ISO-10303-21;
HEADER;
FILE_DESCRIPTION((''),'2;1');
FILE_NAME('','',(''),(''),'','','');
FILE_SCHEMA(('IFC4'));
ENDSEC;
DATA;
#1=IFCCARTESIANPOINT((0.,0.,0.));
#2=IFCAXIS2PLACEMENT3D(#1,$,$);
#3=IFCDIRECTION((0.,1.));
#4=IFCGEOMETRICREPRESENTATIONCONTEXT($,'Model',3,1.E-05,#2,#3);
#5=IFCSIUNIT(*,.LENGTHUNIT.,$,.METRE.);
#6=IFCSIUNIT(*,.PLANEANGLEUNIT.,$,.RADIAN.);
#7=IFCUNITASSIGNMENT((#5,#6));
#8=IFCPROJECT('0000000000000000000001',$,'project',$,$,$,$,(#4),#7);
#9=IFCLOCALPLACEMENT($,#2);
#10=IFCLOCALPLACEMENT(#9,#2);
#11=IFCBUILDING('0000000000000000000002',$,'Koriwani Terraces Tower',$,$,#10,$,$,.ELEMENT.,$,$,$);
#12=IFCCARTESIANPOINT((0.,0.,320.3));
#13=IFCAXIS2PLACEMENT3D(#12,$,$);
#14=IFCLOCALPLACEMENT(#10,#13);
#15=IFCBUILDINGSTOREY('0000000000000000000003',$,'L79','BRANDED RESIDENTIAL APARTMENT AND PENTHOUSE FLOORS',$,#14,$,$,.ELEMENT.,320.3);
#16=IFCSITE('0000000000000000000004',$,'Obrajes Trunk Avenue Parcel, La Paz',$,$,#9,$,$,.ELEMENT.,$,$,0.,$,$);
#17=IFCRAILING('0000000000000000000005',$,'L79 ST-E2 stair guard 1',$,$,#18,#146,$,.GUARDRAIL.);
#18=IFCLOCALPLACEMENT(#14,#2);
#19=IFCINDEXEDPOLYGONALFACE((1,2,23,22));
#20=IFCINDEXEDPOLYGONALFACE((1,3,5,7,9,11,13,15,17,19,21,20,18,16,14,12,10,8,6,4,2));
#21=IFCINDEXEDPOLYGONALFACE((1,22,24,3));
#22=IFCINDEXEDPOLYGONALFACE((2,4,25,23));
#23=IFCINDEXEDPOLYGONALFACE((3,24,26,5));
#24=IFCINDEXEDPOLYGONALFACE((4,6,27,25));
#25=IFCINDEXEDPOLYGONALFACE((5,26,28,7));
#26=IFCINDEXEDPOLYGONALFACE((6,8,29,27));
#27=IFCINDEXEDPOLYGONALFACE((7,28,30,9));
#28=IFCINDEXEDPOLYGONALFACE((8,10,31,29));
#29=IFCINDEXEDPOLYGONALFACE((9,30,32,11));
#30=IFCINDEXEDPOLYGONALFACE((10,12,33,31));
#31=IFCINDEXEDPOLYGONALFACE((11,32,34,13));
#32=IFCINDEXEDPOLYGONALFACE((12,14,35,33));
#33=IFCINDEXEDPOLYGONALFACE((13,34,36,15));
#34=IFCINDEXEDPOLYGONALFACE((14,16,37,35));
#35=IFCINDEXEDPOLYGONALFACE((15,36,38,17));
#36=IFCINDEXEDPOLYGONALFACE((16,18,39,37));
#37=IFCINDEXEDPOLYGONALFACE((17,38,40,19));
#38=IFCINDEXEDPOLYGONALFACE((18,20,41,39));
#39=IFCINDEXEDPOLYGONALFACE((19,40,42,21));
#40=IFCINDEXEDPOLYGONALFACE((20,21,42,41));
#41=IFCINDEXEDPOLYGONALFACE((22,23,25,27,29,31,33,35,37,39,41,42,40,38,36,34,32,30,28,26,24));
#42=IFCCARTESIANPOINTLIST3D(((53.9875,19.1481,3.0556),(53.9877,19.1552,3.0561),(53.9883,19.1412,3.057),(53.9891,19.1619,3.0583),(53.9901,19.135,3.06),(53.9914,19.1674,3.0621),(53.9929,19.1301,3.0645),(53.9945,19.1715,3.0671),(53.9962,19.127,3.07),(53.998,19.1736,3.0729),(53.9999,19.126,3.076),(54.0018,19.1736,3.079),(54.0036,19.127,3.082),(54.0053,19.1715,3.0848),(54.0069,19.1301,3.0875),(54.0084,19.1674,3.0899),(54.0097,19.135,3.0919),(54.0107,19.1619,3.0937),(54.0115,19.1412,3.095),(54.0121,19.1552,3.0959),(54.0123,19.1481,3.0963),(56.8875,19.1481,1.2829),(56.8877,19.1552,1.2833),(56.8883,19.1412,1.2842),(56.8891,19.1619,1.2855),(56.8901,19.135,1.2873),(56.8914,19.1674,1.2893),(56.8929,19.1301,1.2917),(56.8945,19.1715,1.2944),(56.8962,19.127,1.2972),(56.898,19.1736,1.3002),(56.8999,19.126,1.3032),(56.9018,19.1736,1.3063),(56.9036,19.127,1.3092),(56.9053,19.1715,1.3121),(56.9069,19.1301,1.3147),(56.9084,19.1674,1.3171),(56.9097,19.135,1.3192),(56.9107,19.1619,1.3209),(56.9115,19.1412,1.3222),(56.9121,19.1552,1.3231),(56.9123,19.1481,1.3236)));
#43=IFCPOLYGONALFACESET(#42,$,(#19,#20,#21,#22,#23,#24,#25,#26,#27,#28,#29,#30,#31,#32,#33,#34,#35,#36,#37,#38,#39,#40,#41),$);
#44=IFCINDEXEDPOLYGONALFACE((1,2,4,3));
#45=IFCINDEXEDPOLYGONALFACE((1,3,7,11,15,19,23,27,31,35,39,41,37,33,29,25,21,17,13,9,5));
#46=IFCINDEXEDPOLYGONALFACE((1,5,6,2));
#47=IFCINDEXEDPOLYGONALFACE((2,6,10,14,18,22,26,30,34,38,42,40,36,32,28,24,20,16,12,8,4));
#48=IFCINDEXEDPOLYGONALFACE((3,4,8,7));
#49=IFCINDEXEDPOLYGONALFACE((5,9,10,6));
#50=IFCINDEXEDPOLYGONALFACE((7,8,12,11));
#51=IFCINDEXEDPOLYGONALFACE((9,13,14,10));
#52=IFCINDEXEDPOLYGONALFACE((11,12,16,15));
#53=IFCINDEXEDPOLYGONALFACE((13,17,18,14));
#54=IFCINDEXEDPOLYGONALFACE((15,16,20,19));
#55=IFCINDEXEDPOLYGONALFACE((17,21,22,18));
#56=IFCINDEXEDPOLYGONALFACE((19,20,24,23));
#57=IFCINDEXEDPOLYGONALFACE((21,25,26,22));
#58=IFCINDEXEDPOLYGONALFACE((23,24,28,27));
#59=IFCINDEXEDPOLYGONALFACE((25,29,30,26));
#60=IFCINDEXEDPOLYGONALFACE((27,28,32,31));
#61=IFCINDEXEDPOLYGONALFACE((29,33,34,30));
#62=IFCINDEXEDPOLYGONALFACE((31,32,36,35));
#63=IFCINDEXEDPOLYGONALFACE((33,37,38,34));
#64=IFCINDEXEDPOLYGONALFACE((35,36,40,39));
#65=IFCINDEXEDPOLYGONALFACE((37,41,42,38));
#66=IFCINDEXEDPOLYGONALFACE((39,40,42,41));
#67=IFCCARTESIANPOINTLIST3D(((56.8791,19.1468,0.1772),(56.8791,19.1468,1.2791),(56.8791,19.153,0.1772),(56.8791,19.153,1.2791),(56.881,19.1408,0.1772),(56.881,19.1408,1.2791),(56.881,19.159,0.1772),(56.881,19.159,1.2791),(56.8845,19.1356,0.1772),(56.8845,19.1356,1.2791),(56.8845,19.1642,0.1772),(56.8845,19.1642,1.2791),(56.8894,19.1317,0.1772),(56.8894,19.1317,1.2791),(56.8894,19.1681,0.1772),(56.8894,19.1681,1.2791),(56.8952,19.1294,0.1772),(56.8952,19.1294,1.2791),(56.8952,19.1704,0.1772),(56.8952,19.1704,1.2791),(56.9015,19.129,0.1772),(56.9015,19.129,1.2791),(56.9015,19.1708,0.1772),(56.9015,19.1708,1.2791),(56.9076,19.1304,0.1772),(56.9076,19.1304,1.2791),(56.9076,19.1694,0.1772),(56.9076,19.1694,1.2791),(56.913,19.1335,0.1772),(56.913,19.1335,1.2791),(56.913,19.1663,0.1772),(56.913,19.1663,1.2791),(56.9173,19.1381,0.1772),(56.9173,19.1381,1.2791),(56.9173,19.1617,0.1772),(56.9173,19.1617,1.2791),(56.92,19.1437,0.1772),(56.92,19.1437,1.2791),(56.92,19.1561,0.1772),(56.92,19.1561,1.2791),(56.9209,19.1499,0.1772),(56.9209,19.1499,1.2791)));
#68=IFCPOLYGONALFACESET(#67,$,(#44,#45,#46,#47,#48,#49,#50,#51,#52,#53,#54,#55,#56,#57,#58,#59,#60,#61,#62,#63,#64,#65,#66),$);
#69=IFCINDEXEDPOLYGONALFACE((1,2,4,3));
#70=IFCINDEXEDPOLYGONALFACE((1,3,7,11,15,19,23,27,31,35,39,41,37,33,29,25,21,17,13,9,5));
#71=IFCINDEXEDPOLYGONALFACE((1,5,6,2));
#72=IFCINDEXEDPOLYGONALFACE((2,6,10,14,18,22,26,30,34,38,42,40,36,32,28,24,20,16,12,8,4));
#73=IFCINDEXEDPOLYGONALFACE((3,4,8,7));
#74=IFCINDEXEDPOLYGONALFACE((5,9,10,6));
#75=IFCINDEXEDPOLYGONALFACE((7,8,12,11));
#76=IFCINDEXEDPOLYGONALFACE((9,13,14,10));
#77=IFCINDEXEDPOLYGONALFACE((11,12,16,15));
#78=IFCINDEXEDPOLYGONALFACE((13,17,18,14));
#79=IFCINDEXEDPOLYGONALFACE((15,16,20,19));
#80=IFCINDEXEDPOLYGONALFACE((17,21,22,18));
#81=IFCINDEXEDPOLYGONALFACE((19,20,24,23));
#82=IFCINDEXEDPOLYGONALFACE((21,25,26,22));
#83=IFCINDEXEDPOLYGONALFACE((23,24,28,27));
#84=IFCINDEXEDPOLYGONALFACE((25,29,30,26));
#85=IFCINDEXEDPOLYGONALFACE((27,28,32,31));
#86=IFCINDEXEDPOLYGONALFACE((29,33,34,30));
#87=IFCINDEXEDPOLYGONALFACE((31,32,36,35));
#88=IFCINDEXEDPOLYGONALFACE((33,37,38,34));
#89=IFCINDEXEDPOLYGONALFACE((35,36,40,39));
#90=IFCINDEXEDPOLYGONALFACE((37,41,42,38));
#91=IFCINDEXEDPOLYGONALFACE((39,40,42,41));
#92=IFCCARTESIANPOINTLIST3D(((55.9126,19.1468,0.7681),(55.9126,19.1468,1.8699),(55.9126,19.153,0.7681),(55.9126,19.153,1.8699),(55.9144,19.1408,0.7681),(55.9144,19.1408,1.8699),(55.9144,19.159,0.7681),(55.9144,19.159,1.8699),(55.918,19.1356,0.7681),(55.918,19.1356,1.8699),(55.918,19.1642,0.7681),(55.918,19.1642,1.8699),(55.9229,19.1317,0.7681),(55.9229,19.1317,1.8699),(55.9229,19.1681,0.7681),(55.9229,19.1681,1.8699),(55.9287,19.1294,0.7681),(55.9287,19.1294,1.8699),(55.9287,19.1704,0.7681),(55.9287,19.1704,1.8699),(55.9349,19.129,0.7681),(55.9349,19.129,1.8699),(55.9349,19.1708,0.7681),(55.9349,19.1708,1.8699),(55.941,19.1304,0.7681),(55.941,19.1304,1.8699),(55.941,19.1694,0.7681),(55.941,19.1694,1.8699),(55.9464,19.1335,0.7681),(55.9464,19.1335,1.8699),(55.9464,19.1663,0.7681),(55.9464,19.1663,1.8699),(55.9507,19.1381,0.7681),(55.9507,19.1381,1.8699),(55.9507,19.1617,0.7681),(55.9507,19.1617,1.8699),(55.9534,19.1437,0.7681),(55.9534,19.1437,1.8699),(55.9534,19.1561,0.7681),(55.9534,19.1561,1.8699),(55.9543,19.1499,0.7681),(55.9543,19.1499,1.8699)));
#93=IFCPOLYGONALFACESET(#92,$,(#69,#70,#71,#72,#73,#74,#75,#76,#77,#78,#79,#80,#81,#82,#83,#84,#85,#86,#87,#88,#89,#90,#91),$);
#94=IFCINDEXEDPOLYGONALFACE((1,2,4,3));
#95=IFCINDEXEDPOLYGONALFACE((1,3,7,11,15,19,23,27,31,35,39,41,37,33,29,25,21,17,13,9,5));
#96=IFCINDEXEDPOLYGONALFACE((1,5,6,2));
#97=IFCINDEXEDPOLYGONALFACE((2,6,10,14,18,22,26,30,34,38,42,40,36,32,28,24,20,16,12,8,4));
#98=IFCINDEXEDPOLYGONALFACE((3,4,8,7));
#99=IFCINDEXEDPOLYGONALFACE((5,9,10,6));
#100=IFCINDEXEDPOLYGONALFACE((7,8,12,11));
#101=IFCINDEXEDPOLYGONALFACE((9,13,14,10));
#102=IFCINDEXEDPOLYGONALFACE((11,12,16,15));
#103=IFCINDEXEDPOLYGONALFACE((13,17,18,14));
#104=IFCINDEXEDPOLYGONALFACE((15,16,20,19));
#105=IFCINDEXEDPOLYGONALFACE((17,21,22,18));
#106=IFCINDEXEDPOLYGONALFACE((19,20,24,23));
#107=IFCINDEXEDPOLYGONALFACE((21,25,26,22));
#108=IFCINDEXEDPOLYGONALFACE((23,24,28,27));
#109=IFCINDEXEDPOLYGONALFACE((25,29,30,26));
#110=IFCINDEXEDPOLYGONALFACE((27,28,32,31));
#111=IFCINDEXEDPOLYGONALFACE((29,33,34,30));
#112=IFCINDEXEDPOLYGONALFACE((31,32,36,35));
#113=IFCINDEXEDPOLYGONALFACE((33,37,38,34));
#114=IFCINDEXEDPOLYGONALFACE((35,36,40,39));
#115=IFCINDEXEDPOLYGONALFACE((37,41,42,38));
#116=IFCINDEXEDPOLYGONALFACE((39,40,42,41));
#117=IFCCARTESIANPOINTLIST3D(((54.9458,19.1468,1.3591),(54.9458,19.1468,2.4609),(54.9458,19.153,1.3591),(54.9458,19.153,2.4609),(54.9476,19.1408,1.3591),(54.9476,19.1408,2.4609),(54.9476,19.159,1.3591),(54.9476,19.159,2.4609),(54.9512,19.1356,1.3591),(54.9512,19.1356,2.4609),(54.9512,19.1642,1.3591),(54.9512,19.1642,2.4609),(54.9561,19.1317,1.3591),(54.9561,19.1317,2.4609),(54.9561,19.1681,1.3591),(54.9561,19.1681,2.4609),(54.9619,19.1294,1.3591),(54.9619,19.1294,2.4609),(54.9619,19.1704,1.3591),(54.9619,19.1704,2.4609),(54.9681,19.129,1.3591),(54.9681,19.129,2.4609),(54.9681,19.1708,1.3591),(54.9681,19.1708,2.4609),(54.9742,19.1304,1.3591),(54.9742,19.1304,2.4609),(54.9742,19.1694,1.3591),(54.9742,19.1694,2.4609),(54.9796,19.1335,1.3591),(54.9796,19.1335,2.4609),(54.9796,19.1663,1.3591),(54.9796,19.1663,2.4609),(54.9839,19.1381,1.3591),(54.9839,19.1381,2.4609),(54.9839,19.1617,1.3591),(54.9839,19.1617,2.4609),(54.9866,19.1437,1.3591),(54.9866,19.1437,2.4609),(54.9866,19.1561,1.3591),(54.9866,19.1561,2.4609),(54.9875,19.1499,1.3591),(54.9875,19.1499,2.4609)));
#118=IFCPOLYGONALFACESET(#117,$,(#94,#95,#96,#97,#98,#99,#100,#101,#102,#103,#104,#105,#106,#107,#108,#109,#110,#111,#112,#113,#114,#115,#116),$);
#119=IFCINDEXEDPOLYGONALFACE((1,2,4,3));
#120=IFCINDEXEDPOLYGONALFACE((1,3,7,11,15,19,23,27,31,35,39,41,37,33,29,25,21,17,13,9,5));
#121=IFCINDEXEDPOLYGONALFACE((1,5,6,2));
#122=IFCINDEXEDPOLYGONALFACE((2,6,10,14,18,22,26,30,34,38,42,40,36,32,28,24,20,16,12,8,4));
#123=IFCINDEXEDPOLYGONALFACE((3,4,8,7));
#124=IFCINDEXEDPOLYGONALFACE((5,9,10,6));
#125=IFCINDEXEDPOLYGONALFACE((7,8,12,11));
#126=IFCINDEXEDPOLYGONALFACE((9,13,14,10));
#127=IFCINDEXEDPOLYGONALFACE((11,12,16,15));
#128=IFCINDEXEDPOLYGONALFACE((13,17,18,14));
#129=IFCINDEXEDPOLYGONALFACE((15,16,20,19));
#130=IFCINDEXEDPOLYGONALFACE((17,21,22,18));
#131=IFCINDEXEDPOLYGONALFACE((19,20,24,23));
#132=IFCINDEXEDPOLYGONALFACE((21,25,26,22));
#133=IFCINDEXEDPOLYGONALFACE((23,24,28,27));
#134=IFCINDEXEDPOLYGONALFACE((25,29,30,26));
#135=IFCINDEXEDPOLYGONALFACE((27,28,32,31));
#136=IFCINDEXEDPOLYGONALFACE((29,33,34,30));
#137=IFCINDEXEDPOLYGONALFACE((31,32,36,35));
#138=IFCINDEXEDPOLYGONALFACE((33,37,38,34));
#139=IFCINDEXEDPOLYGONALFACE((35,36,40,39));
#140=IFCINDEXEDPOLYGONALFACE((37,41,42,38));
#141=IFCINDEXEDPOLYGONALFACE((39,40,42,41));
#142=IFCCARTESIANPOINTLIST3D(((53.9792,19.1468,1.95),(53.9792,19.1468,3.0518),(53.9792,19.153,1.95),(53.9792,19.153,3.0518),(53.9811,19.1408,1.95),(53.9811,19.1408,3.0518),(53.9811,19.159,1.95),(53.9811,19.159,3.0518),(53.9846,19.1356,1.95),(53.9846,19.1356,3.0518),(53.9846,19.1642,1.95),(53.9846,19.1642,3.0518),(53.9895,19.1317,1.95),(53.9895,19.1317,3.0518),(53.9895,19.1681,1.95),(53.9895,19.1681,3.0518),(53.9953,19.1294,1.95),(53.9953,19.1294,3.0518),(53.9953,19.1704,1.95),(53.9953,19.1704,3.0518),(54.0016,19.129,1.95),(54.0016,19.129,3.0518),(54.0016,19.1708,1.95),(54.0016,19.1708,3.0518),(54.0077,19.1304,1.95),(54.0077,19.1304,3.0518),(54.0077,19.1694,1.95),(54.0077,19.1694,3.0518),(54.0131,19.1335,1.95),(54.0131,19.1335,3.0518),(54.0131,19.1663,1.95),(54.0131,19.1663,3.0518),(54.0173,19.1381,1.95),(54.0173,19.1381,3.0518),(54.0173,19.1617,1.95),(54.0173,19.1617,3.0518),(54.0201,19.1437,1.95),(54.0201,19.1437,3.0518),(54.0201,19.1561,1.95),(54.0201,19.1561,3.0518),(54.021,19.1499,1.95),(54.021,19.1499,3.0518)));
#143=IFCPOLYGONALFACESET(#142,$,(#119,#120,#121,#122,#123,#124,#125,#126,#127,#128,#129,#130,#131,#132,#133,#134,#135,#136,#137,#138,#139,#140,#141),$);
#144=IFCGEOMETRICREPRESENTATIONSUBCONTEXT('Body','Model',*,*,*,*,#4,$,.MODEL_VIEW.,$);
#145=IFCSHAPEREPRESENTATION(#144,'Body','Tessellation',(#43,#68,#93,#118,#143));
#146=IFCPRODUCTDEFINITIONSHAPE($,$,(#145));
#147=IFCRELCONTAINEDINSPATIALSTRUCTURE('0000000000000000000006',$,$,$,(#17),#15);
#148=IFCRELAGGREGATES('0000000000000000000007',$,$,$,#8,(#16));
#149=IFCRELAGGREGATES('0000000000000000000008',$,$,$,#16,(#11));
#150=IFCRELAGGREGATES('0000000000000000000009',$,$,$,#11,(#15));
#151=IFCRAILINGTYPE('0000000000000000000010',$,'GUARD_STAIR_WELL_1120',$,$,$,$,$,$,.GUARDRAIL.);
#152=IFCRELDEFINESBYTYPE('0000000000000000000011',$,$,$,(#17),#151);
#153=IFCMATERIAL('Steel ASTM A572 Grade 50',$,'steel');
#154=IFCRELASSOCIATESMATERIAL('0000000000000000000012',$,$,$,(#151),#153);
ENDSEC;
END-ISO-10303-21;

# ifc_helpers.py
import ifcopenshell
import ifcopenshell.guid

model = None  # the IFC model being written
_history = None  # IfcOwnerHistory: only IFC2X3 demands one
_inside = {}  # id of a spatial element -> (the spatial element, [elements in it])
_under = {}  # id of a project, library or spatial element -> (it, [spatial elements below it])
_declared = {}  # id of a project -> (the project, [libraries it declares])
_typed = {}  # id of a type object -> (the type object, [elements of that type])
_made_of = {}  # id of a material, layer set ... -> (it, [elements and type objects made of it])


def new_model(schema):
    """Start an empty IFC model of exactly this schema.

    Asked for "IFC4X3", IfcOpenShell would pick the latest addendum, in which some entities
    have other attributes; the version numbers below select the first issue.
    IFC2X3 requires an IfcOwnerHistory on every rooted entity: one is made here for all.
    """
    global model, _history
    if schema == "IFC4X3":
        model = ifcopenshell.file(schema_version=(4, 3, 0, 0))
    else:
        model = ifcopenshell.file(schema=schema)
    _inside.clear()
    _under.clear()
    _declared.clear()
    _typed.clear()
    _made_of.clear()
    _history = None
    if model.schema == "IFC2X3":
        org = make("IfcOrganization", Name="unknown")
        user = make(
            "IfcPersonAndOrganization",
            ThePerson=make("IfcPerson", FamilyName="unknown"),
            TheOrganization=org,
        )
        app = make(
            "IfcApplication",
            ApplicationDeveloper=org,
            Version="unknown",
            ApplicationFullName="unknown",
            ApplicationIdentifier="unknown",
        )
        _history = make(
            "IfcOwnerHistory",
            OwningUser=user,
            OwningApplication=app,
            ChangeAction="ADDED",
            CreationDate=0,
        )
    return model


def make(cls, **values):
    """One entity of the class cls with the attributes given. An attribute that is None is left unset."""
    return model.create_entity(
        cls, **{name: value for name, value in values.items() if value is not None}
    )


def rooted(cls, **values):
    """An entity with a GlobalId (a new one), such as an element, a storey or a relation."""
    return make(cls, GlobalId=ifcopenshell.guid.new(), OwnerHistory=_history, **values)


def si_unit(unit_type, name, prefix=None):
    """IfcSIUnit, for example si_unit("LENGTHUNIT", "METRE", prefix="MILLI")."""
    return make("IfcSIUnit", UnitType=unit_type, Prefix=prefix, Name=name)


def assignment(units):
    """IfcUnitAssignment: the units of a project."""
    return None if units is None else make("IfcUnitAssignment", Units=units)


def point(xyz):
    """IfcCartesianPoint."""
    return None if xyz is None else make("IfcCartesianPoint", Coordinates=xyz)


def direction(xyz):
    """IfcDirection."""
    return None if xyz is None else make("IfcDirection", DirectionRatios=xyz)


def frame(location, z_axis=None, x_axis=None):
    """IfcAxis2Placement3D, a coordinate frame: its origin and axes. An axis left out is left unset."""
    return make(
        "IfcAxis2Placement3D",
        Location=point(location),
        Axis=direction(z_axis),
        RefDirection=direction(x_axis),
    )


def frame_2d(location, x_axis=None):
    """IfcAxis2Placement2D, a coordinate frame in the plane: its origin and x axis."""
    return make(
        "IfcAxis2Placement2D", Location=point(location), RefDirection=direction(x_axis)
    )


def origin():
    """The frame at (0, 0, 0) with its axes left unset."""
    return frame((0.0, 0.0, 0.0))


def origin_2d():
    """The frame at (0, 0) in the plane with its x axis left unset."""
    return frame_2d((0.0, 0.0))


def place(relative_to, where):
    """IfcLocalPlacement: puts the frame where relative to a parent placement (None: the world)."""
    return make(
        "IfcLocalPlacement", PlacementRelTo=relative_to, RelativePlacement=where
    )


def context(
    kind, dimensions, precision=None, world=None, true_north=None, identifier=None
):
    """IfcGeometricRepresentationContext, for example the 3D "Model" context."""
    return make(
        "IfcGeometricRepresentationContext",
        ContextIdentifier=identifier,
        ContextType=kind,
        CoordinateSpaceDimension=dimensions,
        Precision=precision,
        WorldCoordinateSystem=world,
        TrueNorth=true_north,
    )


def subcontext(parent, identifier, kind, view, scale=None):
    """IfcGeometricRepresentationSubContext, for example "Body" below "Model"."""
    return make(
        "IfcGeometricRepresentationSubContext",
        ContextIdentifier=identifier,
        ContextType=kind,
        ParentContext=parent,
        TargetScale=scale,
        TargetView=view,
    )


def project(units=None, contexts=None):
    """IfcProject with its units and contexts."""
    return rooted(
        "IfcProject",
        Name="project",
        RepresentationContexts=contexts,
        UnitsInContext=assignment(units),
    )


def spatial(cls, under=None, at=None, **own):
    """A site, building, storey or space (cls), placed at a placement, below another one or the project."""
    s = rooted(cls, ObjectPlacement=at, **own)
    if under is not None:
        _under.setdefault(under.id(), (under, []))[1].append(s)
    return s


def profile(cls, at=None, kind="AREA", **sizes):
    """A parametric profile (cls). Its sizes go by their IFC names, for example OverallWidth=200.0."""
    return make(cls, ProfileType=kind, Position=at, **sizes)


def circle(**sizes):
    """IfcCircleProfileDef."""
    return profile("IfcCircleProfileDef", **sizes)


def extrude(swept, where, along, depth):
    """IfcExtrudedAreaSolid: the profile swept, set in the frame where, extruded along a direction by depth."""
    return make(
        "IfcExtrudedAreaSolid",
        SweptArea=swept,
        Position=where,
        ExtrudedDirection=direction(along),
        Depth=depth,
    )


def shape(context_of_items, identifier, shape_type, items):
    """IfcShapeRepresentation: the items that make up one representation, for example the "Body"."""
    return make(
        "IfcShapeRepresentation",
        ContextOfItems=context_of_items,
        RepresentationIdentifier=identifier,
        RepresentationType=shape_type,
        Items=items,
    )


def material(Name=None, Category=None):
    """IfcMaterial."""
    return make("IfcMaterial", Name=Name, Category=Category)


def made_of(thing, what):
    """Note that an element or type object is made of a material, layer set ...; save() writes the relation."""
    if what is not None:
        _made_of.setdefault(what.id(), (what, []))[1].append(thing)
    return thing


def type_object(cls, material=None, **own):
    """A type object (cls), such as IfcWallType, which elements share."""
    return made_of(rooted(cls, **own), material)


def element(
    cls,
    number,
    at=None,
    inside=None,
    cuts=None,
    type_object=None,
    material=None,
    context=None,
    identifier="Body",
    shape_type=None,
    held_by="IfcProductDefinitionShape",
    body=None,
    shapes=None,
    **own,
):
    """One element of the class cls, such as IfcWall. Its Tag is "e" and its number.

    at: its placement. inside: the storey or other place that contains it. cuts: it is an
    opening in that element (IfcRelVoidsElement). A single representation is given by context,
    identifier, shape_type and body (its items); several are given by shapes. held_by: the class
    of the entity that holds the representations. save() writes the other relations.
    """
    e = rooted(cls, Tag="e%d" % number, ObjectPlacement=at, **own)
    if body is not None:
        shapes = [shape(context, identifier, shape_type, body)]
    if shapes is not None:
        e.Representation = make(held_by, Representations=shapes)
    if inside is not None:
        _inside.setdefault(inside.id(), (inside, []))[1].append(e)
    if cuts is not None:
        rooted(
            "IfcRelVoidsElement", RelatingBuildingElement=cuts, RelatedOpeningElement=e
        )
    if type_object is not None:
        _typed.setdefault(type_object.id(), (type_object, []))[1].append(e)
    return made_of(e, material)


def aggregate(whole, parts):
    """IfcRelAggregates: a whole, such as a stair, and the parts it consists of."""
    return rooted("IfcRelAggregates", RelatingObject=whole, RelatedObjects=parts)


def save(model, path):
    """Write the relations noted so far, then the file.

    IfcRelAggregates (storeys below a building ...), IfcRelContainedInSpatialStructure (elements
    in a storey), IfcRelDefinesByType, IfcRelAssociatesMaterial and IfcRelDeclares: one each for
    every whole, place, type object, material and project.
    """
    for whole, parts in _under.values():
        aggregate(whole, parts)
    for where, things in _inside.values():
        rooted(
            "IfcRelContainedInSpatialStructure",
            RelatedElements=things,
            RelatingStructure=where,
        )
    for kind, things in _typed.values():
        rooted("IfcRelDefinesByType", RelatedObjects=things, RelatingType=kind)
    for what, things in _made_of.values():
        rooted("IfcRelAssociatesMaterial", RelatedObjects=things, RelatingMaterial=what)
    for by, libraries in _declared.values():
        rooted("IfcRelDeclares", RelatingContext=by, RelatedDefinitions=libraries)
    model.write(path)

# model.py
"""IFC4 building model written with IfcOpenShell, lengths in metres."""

from ifc_helpers import new_model, si_unit, direction, frame, origin, origin_2d, place, context, subcontext, project, spatial, circle, extrude, material, type_object, element, save


model = new_model("IFC4")

# Units and contexts
model_context = context("Model", 3, precision=1e-05, world=origin(), true_north=direction((0.0, 1.0)))
body_context = subcontext(model_context, "Body", "Model", "MODEL_VIEW")
ifc_project = project(units=[si_unit("LENGTHUNIT", "METRE"), si_unit("PLANEANGLEUNIT", "RADIAN")], contexts=[model_context])

# Site, building, storey
site_placement = place(None, origin())
site = spatial("IfcSite", under=ifc_project, at=site_placement, Name="Obrajes Trunk Avenue Parcel, La Paz", CompositionType="ELEMENT", RefElevation=0.0)
building_placement = place(site_placement, origin())
building = spatial("IfcBuilding", under=site, at=building_placement, Name="Koriwani Terraces Tower", CompositionType="ELEMENT")
storey_placement = place(building_placement, frame((0.0, 0.0, 320.3)))
storey = spatial("IfcBuildingStorey", under=building, at=storey_placement, Name="L79", Description="BRANDED RESIDENTIAL APARTMENT AND PENTHOUSE FLOORS", CompositionType="ELEMENT", Elevation=320.3)

# Shared definitions
ifc_material_1 = material(Name="Steel ASTM A572 Grade 50", Category="steel")

# Railing
railing_type_1 = type_object("IfcRailingType", Name="GUARD_STAIR_WELL_1120", PredefinedType="GUARDRAIL", material=ifc_material_1)
railing_1_placement = place(storey_placement, frame((56.8999, 19.1499, 0.1772)))
element("IfcRailing", 1, at=railing_1_placement, inside=storey, type_object=railing_type_1, Name="L79 ST-E2 stair guard 1", PredefinedType="GUARDRAIL", context=body_context, shape_type="SweptSolid", body=[
    extrude(circle(Radius=0.0239, at=origin_2d()), frame((0.0, 0.0, 1.126), z_axis=(-0.853211, 0.0, 0.521566), x_axis=(0.0, -1.0, 0.0)), (0.0, 0.0, 1.0), 3.3989),
    extrude(circle(Radius=0.021, at=origin_2d()), origin(), (0.0, 0.0, 1.0), 1.1018),
    extrude(circle(Radius=0.021, at=origin_2d()), frame((-0.9666, 0.0, 0.5908)), (0.0, 0.0, 1.0), 1.1018),
    extrude(circle(Radius=0.021, at=origin_2d()), frame((-1.9333, 0.0, 1.1819)), (0.0, 0.0, 1.0), 1.1018),
    extrude(circle(Radius=0.021, at=origin_2d()), frame((-2.8999, 0.0, 1.7727)), (0.0, 0.0, 1.0), 1.1018),
])

save(model, "model.ifc")
